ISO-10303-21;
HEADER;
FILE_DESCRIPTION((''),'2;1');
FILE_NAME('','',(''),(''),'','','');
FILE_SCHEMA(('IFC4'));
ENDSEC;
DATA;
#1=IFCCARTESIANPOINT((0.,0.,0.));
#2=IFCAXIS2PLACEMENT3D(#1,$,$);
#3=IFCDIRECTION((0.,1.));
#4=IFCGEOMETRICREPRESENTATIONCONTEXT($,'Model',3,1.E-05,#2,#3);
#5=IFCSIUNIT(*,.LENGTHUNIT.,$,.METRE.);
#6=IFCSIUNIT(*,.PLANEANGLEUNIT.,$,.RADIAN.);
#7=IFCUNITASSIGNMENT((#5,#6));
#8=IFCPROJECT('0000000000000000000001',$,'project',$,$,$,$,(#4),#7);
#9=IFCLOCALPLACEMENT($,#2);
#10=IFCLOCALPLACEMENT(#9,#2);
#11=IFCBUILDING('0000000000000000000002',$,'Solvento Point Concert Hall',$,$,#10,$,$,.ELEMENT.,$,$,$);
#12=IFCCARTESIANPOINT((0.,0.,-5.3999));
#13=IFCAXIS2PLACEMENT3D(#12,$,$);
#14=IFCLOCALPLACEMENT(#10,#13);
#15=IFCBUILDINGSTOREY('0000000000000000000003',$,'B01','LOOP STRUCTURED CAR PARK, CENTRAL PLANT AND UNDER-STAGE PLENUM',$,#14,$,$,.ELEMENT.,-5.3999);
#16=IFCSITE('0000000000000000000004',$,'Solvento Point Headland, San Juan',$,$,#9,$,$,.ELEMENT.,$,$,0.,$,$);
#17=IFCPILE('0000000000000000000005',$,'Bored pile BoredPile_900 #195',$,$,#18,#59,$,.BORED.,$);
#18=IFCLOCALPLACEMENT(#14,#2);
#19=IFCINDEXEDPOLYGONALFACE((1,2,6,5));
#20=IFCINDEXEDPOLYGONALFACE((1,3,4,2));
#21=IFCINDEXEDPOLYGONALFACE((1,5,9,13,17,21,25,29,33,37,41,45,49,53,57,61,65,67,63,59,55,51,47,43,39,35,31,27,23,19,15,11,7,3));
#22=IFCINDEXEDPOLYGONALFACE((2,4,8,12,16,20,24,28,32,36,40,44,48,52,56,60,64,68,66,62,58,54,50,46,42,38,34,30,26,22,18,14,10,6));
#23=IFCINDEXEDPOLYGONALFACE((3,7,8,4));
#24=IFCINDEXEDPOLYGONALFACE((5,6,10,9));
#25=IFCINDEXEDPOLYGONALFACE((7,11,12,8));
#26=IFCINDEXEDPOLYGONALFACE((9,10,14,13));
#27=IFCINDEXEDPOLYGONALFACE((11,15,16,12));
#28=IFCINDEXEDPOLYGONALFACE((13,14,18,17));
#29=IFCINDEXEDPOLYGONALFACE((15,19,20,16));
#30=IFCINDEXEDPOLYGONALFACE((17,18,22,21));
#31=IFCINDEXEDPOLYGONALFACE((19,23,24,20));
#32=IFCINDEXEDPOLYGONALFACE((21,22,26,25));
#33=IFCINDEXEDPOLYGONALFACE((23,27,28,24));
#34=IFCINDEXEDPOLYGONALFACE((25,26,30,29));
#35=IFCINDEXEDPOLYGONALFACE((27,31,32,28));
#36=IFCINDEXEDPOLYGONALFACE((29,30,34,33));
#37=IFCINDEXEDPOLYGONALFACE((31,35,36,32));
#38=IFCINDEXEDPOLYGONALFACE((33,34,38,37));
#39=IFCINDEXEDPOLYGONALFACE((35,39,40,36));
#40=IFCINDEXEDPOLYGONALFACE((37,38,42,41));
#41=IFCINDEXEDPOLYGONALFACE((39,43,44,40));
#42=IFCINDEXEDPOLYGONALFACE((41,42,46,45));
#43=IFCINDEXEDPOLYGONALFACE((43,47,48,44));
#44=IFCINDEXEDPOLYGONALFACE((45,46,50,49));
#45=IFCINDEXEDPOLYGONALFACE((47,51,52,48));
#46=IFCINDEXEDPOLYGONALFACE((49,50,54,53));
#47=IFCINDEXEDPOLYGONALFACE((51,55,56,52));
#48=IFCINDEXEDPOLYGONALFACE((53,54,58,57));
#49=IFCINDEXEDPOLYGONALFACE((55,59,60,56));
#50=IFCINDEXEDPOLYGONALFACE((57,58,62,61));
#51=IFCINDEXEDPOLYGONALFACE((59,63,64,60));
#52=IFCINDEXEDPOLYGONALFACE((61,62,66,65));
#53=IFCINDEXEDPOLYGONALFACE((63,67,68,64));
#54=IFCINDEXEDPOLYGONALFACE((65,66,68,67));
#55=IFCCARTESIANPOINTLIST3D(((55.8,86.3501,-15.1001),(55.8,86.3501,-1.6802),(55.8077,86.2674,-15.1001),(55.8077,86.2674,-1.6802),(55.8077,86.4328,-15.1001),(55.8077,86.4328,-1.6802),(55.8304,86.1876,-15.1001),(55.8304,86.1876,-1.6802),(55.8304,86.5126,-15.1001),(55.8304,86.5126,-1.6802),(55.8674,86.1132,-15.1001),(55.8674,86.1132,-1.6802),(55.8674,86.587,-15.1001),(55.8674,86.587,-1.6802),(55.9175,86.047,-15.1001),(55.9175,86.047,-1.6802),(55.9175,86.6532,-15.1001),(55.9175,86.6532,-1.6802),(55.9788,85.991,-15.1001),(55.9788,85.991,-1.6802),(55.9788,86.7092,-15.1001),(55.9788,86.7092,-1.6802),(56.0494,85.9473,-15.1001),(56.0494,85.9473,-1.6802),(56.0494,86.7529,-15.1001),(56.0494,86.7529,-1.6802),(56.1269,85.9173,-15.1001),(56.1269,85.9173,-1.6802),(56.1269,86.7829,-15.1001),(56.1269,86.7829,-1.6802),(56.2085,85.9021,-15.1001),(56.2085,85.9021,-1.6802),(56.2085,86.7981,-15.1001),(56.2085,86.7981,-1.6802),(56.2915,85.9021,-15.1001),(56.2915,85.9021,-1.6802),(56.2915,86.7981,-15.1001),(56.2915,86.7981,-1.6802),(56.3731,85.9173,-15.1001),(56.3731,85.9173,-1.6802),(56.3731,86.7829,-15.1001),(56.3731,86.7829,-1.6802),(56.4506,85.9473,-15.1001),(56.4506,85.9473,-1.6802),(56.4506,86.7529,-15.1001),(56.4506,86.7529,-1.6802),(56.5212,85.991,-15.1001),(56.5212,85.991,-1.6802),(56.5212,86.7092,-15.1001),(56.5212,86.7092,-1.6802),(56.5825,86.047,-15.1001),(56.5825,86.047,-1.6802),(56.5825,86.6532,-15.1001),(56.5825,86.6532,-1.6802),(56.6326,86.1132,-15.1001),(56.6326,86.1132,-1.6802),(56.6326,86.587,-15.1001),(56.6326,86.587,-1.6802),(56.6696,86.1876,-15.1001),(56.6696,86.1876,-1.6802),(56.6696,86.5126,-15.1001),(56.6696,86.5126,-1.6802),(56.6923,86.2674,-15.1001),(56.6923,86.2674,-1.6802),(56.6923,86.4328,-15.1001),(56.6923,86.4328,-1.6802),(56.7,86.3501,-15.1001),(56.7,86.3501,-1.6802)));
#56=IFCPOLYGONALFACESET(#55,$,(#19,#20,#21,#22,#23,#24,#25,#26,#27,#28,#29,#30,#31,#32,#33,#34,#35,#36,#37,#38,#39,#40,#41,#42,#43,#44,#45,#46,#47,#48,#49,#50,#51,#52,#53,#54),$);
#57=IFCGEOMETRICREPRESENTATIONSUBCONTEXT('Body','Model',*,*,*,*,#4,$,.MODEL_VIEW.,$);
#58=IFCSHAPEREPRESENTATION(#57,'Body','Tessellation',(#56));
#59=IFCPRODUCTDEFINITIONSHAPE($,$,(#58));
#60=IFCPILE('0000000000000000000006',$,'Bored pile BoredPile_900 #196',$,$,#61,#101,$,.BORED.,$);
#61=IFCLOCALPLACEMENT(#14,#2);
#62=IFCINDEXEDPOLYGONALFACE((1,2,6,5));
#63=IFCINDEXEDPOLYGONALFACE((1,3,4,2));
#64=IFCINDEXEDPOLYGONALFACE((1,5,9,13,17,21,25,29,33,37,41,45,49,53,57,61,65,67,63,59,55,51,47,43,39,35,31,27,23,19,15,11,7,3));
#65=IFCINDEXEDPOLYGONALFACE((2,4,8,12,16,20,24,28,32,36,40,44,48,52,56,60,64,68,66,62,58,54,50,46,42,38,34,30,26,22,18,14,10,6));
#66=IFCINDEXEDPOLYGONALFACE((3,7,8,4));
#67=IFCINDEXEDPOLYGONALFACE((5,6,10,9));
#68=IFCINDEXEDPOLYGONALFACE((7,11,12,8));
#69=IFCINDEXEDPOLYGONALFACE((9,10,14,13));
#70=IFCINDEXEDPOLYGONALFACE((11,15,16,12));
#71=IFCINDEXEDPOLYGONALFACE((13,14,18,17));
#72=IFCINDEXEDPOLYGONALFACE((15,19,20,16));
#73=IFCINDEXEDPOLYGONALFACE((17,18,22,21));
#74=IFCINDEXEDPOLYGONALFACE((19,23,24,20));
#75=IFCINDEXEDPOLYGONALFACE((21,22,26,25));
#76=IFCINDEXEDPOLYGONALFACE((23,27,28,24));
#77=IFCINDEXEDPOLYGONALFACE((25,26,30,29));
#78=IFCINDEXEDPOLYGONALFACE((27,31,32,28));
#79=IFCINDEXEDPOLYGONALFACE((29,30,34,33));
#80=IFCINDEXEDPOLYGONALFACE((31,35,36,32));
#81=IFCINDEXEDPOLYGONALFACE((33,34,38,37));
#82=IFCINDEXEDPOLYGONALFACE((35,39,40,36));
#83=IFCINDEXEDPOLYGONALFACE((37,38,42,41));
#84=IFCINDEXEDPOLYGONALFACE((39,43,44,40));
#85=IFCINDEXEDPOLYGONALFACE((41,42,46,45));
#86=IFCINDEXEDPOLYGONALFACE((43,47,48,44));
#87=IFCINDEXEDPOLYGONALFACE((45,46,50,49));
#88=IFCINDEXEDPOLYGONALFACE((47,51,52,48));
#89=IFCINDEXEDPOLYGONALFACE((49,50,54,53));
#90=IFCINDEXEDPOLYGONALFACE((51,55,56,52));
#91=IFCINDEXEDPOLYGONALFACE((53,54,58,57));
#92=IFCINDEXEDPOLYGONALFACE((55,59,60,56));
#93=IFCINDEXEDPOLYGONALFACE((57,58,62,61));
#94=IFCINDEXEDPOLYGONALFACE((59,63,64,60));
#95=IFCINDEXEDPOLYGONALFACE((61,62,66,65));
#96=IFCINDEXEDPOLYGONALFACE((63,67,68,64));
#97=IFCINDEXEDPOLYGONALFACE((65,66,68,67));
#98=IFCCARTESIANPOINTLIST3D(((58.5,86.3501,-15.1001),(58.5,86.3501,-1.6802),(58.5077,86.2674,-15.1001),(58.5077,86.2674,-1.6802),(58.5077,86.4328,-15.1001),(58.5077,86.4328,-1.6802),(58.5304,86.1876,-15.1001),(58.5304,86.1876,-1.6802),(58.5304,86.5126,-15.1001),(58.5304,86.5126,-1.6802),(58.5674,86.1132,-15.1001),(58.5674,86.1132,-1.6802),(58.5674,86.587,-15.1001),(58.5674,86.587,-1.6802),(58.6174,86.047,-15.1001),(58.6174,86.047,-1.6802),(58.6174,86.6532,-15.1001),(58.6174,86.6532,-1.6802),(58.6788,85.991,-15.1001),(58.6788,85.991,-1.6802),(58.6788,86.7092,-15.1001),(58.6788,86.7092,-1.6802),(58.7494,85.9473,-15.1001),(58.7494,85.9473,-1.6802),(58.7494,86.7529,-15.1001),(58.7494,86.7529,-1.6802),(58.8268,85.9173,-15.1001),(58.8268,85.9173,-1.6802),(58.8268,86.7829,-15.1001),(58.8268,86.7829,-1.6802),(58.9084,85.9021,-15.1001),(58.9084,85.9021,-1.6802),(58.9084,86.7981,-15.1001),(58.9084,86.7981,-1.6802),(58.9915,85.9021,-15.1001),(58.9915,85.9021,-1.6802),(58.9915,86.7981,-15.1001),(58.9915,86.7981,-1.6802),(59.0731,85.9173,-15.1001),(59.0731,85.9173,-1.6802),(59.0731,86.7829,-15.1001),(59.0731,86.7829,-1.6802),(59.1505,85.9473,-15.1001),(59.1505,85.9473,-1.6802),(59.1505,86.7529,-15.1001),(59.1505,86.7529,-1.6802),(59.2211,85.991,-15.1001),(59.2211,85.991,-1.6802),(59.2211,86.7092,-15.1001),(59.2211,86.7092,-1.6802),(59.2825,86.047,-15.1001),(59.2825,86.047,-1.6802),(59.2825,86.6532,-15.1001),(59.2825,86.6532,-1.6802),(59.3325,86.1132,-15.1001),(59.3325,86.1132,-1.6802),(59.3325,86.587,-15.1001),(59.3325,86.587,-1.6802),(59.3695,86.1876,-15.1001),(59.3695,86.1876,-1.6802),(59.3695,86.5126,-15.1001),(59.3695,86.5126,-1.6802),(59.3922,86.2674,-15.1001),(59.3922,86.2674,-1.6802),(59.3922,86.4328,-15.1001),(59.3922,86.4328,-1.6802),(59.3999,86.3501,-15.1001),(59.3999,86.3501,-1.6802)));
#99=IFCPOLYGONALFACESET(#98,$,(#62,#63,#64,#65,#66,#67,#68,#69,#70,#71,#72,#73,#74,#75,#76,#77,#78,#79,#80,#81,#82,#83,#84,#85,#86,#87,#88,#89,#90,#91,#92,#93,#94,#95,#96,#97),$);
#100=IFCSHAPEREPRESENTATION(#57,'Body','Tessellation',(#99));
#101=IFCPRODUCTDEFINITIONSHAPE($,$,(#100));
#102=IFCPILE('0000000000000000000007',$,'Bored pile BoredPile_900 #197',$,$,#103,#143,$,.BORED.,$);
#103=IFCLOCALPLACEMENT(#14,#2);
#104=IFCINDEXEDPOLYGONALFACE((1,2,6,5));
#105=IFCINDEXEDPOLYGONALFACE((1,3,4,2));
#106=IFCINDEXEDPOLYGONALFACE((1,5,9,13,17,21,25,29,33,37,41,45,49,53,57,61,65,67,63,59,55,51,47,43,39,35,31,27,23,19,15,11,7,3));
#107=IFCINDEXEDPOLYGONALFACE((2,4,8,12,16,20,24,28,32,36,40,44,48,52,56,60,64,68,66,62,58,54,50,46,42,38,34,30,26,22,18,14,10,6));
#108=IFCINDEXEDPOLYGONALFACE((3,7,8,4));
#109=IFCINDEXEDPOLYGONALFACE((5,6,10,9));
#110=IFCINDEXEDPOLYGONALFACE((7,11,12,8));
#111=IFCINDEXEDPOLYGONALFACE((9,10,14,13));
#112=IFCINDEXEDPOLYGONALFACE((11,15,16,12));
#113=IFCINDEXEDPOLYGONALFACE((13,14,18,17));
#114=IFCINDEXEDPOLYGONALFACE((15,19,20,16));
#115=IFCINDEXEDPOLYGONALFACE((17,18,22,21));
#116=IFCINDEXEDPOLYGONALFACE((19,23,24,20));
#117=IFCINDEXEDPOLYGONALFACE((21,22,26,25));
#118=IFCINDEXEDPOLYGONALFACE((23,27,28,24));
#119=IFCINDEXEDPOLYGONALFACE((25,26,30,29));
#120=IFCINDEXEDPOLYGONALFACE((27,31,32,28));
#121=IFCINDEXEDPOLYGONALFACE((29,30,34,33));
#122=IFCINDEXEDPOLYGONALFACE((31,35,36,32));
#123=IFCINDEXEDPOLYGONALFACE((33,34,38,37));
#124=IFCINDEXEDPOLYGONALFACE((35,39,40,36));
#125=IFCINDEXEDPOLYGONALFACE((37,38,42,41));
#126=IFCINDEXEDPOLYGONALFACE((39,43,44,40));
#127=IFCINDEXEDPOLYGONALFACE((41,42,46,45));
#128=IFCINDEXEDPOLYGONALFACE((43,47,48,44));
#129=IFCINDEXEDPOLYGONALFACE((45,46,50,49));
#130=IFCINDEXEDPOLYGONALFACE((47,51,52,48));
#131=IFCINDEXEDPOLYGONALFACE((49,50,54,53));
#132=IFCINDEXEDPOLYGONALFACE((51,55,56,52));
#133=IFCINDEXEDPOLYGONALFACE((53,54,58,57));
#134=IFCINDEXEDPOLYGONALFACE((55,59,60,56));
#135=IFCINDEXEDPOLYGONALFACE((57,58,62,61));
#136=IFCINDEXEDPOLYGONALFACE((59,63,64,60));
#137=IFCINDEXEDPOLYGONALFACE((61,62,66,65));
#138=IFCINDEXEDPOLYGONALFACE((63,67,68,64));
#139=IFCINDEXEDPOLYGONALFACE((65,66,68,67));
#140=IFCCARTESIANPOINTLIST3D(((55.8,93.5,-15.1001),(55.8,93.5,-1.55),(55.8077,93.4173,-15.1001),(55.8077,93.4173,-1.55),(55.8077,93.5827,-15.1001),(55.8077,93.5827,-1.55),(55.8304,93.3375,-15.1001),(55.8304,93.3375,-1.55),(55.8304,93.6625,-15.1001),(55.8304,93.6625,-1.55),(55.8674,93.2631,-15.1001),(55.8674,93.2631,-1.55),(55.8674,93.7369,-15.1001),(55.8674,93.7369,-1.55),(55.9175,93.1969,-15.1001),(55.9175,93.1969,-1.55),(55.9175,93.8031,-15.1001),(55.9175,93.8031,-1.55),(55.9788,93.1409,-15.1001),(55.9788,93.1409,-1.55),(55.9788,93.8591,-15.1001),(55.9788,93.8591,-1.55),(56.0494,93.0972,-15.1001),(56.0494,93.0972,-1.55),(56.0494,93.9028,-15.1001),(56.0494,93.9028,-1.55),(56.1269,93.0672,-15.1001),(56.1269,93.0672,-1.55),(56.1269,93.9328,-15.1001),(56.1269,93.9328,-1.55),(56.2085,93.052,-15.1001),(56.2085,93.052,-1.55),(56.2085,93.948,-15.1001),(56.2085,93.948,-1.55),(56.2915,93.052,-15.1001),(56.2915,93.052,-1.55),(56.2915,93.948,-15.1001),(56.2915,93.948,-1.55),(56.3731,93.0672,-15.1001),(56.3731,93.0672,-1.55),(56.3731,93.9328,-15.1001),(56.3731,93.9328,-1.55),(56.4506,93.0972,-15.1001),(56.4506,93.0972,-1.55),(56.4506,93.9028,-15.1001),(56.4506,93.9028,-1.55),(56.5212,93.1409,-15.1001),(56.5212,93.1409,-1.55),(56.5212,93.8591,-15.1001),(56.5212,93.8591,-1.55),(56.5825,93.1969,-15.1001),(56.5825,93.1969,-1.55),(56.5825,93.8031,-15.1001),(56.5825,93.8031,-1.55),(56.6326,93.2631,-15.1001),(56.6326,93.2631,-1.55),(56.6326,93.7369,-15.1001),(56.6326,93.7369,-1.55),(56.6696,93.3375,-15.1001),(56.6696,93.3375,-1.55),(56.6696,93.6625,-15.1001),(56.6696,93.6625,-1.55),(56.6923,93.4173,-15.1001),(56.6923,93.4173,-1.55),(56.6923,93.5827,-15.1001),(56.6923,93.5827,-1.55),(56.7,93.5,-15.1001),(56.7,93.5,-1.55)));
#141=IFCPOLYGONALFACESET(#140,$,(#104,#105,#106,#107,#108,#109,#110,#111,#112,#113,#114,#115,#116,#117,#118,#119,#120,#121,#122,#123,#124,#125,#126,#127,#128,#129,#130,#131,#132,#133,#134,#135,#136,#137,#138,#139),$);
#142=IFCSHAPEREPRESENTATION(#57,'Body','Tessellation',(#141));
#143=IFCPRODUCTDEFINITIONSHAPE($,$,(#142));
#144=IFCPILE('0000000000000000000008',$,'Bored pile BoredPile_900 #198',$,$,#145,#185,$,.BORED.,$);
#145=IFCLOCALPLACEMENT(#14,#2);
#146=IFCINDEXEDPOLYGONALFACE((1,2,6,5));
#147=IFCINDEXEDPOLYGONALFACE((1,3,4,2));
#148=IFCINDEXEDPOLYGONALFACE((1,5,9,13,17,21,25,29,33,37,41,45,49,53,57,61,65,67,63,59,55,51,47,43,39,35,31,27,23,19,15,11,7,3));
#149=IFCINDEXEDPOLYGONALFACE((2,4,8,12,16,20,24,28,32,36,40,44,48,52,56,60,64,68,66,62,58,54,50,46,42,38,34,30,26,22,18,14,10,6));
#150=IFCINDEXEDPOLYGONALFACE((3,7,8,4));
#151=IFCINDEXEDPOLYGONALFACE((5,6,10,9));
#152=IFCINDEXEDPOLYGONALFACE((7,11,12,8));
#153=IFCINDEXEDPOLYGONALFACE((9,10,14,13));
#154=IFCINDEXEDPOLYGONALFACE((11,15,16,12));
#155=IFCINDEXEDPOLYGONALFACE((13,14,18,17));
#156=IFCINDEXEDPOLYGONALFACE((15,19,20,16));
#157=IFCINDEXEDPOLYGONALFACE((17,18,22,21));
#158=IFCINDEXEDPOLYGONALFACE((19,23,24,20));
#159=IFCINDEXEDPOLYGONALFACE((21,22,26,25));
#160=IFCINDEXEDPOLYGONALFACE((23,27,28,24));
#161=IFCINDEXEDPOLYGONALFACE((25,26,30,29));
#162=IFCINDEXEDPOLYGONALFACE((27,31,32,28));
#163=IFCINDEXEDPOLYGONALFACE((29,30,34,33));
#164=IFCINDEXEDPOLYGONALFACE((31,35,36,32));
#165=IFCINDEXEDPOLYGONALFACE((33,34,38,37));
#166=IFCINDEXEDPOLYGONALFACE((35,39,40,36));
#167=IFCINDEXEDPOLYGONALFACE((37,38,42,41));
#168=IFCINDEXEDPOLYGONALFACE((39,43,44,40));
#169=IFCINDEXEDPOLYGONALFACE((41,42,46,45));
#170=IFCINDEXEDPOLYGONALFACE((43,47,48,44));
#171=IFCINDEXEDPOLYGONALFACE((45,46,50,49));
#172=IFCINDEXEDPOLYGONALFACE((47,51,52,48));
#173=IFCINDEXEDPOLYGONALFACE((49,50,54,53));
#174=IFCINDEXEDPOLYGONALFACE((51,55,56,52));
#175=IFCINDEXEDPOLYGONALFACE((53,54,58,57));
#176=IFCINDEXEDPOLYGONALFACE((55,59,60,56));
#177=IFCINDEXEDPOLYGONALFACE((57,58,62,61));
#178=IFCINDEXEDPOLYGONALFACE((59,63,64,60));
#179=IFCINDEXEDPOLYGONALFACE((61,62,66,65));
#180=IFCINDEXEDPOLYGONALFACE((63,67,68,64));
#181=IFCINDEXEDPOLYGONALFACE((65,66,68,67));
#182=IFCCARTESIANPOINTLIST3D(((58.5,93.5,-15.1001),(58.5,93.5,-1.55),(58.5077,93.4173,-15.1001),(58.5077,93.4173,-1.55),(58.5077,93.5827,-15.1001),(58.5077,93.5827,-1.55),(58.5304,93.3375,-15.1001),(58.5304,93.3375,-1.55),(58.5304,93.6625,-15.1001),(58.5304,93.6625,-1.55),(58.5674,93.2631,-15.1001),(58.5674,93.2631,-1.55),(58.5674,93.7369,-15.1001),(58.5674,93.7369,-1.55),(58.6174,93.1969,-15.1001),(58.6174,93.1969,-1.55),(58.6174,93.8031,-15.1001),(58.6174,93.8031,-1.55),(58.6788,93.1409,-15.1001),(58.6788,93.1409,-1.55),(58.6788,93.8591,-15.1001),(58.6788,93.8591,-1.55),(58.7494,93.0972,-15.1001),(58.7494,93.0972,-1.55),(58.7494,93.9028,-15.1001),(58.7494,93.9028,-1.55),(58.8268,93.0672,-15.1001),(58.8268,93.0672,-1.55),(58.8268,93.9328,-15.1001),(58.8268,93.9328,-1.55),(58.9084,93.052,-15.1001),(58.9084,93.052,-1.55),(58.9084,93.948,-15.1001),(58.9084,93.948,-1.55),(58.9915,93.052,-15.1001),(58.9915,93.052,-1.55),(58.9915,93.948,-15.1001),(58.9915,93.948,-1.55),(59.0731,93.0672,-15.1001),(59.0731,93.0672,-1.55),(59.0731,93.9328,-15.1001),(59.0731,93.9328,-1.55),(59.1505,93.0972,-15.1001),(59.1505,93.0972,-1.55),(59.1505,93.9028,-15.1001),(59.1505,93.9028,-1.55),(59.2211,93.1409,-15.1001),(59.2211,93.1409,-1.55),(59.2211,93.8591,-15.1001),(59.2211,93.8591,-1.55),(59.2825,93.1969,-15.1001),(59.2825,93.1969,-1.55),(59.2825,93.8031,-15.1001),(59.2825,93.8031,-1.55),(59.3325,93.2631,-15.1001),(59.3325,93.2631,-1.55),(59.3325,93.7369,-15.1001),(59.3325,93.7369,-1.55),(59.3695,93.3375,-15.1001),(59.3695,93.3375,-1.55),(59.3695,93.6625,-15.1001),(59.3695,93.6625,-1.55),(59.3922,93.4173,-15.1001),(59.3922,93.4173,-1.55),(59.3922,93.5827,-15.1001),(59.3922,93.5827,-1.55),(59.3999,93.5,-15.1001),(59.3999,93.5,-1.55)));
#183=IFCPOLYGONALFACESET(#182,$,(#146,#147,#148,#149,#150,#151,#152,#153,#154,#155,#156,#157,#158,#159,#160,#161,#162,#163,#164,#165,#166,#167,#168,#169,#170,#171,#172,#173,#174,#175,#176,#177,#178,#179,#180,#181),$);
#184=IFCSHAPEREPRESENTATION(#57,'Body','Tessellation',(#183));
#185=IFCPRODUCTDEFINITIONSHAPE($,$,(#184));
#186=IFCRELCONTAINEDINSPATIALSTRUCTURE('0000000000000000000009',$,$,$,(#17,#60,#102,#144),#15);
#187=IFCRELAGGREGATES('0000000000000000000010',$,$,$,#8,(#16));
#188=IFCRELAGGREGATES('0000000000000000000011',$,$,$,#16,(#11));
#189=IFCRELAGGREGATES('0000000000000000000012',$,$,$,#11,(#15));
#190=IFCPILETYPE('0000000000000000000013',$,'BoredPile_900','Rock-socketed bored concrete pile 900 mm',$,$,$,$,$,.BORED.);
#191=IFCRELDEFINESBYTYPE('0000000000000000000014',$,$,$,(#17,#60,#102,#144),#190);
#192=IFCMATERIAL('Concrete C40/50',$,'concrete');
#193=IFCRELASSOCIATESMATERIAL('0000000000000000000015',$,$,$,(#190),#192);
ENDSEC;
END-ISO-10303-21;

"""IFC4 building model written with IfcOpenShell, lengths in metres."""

from ifc_helpers import new_model, si_unit, direction, frame, origin, origin_2d, place, context, subcontext, project, spatial, circle, extrude, material, material_profile, profile_set, type_object, element, save


model = new_model("IFC4")

# Units and contexts
model_context = context("Model", 3, precision=1e-05, world=origin(), true_north=direction((0.0, 1.0)))
body_context = subcontext(model_context, "Body", "Model", "MODEL_VIEW")
ifc_project = project(units=[si_unit("LENGTHUNIT", "METRE"), si_unit("PLANEANGLEUNIT", "RADIAN")], contexts=[model_context])

# Site, building, storey
site_placement = place(None, origin())
site = spatial("IfcSite", under=ifc_project, at=site_placement, Name="Solvento Point Headland, San Juan", CompositionType="ELEMENT", RefElevation=0.0)
building_placement = place(site_placement, origin())
building = spatial("IfcBuilding", under=site, at=building_placement, Name="Solvento Point Concert Hall", CompositionType="ELEMENT")
storey_placement = place(building_placement, frame((0.0, 0.0, -5.3999)))
storey = spatial("IfcBuildingStorey", under=building, at=storey_placement, Name="B01", Description="LOOP STRUCTURED CAR PARK, CENTRAL PLANT AND UNDER-STAGE PLENUM", CompositionType="ELEMENT", Elevation=-5.3999)

# Piles
ifc_material_1 = material(Name="Concrete C40/50", Category="concrete")
ifc_material_profile_1 = material_profile(ifc_material_1, circle(Radius=0.45, at=origin_2d()), Name="BP-900")
ifc_profile_set_1 = profile_set([ifc_material_profile_1], Name="Concrete C40/50")
pile_type = type_object("IfcPileType", Name="BoredPile_900", Description="Rock-socketed bored concrete pile 900 mm", PredefinedType="BORED", material=ifc_profile_set_1)
for number, where, z_axis, x_axis, name in (
    (1, (56.25, 86.3501, -1.6802), (0.0, 0.0, -1.0), (1.0, 0.0, 0.0), "Bored pile BoredPile_900 #195"),
    (2, (58.95, 86.3501, -1.6802), (0.0, 0.0, -1.0), (1.0, 0.0, 0.0), "Bored pile BoredPile_900 #196"),
):
    element("IfcPile", number, at=place(storey_placement, frame(where, z_axis=z_axis, x_axis=x_axis)), inside=storey, type_object=pile_type, Name=name, PredefinedType="BORED", context=body_context, shape_type="SweptSolid", body=[
        extrude(circle(Radius=0.45, at=origin_2d()), origin(), (0.0, 0.0, 1.0), 13.4199),
    ])
for number, where, z_axis, x_axis, name in (
    (3, (56.25, 93.5, -1.55), (0.0, 0.0, -1.0), (1.0, 0.0, 0.0), "Bored pile BoredPile_900 #197"),
    (4, (58.95, 93.5, -1.55), (0.0, 0.0, -1.0), (1.0, 0.0, 0.0), "Bored pile BoredPile_900 #198"),
):
    element("IfcPile", number, at=place(storey_placement, frame(where, z_axis=z_axis, x_axis=x_axis)), inside=storey, type_object=pile_type, Name=name, PredefinedType="BORED", context=body_context, shape_type="SweptSolid", body=[
        extrude(circle(Radius=0.45, at=origin_2d()), origin(), (0.0, 0.0, 1.0), 13.55),
    ])

save(model, "model.ifc")
